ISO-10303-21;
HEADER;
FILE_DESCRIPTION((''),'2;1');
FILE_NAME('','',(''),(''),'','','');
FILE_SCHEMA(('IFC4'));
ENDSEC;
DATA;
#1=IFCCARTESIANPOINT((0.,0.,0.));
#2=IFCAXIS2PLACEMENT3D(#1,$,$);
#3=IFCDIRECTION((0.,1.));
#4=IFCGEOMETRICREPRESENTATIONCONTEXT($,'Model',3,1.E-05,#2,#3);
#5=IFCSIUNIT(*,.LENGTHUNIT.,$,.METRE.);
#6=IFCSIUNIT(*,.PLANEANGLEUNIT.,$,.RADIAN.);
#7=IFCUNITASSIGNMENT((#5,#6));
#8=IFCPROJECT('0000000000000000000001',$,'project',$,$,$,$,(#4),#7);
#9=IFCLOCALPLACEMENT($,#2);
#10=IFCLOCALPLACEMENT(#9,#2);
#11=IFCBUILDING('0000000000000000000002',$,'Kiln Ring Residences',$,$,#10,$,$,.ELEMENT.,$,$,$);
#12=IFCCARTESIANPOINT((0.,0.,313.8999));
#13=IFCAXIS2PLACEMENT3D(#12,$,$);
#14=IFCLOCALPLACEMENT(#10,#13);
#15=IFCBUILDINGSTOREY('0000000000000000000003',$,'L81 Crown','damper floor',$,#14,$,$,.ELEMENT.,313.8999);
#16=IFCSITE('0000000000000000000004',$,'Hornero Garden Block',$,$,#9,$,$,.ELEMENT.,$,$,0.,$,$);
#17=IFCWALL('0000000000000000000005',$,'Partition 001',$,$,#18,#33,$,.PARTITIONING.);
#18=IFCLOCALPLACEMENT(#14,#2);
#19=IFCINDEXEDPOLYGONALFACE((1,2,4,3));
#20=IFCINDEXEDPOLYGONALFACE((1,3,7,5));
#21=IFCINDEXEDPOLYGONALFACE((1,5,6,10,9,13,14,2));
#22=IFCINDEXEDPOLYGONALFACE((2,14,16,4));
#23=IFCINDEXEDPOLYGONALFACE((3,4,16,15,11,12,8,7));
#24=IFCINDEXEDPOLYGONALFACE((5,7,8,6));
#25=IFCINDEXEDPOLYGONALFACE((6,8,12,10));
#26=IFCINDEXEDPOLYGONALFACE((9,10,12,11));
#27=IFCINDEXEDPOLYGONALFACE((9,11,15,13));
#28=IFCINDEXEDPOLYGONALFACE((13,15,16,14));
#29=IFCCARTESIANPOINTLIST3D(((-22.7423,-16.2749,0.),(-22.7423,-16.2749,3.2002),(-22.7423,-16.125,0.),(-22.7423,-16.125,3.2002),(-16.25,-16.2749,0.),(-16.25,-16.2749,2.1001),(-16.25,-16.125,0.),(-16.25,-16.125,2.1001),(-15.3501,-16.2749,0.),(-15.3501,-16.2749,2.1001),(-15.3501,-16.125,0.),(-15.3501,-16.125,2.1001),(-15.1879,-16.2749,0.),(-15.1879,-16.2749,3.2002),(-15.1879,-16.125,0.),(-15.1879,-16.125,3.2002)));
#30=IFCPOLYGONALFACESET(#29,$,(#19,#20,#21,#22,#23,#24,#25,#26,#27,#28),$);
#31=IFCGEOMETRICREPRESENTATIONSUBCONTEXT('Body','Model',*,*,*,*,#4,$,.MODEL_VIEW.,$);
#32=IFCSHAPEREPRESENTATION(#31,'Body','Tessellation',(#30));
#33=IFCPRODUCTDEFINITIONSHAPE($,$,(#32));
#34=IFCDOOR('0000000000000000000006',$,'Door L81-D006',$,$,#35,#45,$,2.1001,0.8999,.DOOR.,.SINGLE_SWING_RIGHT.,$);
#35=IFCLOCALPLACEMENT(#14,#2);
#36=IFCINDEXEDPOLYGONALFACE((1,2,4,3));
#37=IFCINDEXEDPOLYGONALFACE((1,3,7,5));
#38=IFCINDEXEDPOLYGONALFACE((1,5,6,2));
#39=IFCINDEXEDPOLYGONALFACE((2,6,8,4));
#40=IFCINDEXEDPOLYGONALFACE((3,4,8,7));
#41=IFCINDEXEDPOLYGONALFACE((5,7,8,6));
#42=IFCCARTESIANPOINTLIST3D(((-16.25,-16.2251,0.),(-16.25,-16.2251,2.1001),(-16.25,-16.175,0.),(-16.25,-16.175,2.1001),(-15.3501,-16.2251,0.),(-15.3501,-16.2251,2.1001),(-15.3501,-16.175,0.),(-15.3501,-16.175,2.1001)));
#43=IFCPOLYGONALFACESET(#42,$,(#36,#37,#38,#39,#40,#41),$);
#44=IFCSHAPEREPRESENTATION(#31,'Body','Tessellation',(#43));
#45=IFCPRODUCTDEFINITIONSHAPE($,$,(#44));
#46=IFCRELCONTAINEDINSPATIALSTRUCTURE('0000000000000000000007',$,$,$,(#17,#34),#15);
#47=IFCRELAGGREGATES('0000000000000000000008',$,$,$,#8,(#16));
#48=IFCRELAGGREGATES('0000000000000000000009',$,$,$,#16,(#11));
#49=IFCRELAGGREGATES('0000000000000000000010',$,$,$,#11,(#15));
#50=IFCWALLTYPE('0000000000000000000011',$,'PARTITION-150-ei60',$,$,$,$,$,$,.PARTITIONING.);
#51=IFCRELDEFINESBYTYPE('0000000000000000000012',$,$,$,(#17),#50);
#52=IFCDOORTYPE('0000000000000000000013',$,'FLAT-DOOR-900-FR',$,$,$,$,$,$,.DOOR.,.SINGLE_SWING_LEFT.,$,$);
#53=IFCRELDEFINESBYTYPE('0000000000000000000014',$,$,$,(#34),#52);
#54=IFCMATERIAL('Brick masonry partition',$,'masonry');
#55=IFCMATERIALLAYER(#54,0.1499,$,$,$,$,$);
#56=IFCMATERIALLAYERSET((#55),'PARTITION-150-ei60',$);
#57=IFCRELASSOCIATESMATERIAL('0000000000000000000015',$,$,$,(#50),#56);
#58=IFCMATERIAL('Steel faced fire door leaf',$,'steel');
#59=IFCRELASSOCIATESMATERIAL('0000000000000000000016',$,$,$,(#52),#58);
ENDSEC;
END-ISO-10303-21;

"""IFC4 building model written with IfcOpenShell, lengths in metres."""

from ifc_helpers import new_model, si_unit, direction, frame, frame_2d, origin, place, context, subcontext, project, spatial, rectangle, extrude, material, layer, layer_set, type_object, element, fill, save


model = new_model("IFC4")

# Units and contexts
model_context = context("Model", 3, precision=1e-05, world=origin(), true_north=direction((0.0, 1.0)))
body_context = subcontext(model_context, "Body", "Model", "MODEL_VIEW")
ifc_project = project(units=[si_unit("LENGTHUNIT", "METRE"), si_unit("PLANEANGLEUNIT", "RADIAN")], contexts=[model_context])

# Site, building, storey
site_placement = place(None, origin())
site = spatial("IfcSite", under=ifc_project, at=site_placement, Name="Hornero Garden Block", CompositionType="ELEMENT", RefElevation=0.0)
building_placement = place(site_placement, origin())
building = spatial("IfcBuilding", under=site, at=building_placement, Name="Kiln Ring Residences", CompositionType="ELEMENT")
storey_placement = place(building_placement, frame((0.0, 0.0, 313.8999)))
storey = spatial("IfcBuildingStorey", under=building, at=storey_placement, Name="L81 Crown", Description="damper floor", CompositionType="ELEMENT", Elevation=313.8999)

# Wall, opening, door
ifc_material_1 = material(Name="Brick masonry partition", Category="masonry")
ifc_layer_1 = layer(ifc_material_1, 0.1499)
ifc_layer_set_1 = layer_set([ifc_layer_1], Name="PARTITION-150-ei60")
wall_type_1 = type_object("IfcWallType", Name="PARTITION-150-ei60", PredefinedType="PARTITIONING", material=ifc_layer_set_1)
wall_1_placement = place(storey_placement, frame((-22.7424, -16.2, 0.0), z_axis=(0.0, 0.0, 1.0), x_axis=(1.0, 0.0, 0.0)))
wall_1 = element("IfcWall", 1, at=wall_1_placement, inside=storey, type_object=wall_type_1, Name="Partition 001", PredefinedType="PARTITIONING", context=body_context, shape_type="SweptSolid", body=[
    extrude(rectangle(XDim=7.5544, YDim=0.1499, at=frame_2d((3.7773, 0.0))), origin(), (0.0, 0.0, 1.0), 3.2002),
])
opening_placement = place(wall_1_placement, frame((6.4924, 0.0, 0.0)))
opening = element("IfcOpeningElement", 2, at=opening_placement, cuts=wall_1, PredefinedType="OPENING", context=body_context, shape_type="SweptSolid", body=[
    extrude(rectangle(XDim=0.8999, YDim=2.1001, at=frame_2d((0.45, 1.05))), frame((0.0, 0.085, 0.0), z_axis=(0.0, -1.0, 0.0), x_axis=(1.0, 0.0, 0.0)), (0.0, 0.0, 1.0), 0.1699),
])
ifc_material_2 = material(Name="Steel faced fire door leaf", Category="steel")
door_type = type_object("IfcDoorType", Name="FLAT-DOOR-900-FR", OperationType="SINGLE_SWING_LEFT", PredefinedType="DOOR", material=ifc_material_2)
door_placement = place(opening_placement, origin())
door = element("IfcDoor", 3, at=door_placement, inside=storey, type_object=door_type, Name="Door L81-D006", OperationType="SINGLE_SWING_RIGHT", OverallHeight=2.1001, OverallWidth=0.8999, PredefinedType="DOOR", context=body_context, shape_type="SweptSolid", body=[
    extrude(rectangle(XDim=0.8999, YDim=2.1001, at=frame_2d((0.45, 1.05))), frame((0.0, 0.0249, 0.0), z_axis=(0.0, -1.0, 0.0), x_axis=(1.0, 0.0, 0.0)), (0.0, 0.0, 1.0), 0.05),
])
fill(opening, door)

save(model, "model.ifc")
